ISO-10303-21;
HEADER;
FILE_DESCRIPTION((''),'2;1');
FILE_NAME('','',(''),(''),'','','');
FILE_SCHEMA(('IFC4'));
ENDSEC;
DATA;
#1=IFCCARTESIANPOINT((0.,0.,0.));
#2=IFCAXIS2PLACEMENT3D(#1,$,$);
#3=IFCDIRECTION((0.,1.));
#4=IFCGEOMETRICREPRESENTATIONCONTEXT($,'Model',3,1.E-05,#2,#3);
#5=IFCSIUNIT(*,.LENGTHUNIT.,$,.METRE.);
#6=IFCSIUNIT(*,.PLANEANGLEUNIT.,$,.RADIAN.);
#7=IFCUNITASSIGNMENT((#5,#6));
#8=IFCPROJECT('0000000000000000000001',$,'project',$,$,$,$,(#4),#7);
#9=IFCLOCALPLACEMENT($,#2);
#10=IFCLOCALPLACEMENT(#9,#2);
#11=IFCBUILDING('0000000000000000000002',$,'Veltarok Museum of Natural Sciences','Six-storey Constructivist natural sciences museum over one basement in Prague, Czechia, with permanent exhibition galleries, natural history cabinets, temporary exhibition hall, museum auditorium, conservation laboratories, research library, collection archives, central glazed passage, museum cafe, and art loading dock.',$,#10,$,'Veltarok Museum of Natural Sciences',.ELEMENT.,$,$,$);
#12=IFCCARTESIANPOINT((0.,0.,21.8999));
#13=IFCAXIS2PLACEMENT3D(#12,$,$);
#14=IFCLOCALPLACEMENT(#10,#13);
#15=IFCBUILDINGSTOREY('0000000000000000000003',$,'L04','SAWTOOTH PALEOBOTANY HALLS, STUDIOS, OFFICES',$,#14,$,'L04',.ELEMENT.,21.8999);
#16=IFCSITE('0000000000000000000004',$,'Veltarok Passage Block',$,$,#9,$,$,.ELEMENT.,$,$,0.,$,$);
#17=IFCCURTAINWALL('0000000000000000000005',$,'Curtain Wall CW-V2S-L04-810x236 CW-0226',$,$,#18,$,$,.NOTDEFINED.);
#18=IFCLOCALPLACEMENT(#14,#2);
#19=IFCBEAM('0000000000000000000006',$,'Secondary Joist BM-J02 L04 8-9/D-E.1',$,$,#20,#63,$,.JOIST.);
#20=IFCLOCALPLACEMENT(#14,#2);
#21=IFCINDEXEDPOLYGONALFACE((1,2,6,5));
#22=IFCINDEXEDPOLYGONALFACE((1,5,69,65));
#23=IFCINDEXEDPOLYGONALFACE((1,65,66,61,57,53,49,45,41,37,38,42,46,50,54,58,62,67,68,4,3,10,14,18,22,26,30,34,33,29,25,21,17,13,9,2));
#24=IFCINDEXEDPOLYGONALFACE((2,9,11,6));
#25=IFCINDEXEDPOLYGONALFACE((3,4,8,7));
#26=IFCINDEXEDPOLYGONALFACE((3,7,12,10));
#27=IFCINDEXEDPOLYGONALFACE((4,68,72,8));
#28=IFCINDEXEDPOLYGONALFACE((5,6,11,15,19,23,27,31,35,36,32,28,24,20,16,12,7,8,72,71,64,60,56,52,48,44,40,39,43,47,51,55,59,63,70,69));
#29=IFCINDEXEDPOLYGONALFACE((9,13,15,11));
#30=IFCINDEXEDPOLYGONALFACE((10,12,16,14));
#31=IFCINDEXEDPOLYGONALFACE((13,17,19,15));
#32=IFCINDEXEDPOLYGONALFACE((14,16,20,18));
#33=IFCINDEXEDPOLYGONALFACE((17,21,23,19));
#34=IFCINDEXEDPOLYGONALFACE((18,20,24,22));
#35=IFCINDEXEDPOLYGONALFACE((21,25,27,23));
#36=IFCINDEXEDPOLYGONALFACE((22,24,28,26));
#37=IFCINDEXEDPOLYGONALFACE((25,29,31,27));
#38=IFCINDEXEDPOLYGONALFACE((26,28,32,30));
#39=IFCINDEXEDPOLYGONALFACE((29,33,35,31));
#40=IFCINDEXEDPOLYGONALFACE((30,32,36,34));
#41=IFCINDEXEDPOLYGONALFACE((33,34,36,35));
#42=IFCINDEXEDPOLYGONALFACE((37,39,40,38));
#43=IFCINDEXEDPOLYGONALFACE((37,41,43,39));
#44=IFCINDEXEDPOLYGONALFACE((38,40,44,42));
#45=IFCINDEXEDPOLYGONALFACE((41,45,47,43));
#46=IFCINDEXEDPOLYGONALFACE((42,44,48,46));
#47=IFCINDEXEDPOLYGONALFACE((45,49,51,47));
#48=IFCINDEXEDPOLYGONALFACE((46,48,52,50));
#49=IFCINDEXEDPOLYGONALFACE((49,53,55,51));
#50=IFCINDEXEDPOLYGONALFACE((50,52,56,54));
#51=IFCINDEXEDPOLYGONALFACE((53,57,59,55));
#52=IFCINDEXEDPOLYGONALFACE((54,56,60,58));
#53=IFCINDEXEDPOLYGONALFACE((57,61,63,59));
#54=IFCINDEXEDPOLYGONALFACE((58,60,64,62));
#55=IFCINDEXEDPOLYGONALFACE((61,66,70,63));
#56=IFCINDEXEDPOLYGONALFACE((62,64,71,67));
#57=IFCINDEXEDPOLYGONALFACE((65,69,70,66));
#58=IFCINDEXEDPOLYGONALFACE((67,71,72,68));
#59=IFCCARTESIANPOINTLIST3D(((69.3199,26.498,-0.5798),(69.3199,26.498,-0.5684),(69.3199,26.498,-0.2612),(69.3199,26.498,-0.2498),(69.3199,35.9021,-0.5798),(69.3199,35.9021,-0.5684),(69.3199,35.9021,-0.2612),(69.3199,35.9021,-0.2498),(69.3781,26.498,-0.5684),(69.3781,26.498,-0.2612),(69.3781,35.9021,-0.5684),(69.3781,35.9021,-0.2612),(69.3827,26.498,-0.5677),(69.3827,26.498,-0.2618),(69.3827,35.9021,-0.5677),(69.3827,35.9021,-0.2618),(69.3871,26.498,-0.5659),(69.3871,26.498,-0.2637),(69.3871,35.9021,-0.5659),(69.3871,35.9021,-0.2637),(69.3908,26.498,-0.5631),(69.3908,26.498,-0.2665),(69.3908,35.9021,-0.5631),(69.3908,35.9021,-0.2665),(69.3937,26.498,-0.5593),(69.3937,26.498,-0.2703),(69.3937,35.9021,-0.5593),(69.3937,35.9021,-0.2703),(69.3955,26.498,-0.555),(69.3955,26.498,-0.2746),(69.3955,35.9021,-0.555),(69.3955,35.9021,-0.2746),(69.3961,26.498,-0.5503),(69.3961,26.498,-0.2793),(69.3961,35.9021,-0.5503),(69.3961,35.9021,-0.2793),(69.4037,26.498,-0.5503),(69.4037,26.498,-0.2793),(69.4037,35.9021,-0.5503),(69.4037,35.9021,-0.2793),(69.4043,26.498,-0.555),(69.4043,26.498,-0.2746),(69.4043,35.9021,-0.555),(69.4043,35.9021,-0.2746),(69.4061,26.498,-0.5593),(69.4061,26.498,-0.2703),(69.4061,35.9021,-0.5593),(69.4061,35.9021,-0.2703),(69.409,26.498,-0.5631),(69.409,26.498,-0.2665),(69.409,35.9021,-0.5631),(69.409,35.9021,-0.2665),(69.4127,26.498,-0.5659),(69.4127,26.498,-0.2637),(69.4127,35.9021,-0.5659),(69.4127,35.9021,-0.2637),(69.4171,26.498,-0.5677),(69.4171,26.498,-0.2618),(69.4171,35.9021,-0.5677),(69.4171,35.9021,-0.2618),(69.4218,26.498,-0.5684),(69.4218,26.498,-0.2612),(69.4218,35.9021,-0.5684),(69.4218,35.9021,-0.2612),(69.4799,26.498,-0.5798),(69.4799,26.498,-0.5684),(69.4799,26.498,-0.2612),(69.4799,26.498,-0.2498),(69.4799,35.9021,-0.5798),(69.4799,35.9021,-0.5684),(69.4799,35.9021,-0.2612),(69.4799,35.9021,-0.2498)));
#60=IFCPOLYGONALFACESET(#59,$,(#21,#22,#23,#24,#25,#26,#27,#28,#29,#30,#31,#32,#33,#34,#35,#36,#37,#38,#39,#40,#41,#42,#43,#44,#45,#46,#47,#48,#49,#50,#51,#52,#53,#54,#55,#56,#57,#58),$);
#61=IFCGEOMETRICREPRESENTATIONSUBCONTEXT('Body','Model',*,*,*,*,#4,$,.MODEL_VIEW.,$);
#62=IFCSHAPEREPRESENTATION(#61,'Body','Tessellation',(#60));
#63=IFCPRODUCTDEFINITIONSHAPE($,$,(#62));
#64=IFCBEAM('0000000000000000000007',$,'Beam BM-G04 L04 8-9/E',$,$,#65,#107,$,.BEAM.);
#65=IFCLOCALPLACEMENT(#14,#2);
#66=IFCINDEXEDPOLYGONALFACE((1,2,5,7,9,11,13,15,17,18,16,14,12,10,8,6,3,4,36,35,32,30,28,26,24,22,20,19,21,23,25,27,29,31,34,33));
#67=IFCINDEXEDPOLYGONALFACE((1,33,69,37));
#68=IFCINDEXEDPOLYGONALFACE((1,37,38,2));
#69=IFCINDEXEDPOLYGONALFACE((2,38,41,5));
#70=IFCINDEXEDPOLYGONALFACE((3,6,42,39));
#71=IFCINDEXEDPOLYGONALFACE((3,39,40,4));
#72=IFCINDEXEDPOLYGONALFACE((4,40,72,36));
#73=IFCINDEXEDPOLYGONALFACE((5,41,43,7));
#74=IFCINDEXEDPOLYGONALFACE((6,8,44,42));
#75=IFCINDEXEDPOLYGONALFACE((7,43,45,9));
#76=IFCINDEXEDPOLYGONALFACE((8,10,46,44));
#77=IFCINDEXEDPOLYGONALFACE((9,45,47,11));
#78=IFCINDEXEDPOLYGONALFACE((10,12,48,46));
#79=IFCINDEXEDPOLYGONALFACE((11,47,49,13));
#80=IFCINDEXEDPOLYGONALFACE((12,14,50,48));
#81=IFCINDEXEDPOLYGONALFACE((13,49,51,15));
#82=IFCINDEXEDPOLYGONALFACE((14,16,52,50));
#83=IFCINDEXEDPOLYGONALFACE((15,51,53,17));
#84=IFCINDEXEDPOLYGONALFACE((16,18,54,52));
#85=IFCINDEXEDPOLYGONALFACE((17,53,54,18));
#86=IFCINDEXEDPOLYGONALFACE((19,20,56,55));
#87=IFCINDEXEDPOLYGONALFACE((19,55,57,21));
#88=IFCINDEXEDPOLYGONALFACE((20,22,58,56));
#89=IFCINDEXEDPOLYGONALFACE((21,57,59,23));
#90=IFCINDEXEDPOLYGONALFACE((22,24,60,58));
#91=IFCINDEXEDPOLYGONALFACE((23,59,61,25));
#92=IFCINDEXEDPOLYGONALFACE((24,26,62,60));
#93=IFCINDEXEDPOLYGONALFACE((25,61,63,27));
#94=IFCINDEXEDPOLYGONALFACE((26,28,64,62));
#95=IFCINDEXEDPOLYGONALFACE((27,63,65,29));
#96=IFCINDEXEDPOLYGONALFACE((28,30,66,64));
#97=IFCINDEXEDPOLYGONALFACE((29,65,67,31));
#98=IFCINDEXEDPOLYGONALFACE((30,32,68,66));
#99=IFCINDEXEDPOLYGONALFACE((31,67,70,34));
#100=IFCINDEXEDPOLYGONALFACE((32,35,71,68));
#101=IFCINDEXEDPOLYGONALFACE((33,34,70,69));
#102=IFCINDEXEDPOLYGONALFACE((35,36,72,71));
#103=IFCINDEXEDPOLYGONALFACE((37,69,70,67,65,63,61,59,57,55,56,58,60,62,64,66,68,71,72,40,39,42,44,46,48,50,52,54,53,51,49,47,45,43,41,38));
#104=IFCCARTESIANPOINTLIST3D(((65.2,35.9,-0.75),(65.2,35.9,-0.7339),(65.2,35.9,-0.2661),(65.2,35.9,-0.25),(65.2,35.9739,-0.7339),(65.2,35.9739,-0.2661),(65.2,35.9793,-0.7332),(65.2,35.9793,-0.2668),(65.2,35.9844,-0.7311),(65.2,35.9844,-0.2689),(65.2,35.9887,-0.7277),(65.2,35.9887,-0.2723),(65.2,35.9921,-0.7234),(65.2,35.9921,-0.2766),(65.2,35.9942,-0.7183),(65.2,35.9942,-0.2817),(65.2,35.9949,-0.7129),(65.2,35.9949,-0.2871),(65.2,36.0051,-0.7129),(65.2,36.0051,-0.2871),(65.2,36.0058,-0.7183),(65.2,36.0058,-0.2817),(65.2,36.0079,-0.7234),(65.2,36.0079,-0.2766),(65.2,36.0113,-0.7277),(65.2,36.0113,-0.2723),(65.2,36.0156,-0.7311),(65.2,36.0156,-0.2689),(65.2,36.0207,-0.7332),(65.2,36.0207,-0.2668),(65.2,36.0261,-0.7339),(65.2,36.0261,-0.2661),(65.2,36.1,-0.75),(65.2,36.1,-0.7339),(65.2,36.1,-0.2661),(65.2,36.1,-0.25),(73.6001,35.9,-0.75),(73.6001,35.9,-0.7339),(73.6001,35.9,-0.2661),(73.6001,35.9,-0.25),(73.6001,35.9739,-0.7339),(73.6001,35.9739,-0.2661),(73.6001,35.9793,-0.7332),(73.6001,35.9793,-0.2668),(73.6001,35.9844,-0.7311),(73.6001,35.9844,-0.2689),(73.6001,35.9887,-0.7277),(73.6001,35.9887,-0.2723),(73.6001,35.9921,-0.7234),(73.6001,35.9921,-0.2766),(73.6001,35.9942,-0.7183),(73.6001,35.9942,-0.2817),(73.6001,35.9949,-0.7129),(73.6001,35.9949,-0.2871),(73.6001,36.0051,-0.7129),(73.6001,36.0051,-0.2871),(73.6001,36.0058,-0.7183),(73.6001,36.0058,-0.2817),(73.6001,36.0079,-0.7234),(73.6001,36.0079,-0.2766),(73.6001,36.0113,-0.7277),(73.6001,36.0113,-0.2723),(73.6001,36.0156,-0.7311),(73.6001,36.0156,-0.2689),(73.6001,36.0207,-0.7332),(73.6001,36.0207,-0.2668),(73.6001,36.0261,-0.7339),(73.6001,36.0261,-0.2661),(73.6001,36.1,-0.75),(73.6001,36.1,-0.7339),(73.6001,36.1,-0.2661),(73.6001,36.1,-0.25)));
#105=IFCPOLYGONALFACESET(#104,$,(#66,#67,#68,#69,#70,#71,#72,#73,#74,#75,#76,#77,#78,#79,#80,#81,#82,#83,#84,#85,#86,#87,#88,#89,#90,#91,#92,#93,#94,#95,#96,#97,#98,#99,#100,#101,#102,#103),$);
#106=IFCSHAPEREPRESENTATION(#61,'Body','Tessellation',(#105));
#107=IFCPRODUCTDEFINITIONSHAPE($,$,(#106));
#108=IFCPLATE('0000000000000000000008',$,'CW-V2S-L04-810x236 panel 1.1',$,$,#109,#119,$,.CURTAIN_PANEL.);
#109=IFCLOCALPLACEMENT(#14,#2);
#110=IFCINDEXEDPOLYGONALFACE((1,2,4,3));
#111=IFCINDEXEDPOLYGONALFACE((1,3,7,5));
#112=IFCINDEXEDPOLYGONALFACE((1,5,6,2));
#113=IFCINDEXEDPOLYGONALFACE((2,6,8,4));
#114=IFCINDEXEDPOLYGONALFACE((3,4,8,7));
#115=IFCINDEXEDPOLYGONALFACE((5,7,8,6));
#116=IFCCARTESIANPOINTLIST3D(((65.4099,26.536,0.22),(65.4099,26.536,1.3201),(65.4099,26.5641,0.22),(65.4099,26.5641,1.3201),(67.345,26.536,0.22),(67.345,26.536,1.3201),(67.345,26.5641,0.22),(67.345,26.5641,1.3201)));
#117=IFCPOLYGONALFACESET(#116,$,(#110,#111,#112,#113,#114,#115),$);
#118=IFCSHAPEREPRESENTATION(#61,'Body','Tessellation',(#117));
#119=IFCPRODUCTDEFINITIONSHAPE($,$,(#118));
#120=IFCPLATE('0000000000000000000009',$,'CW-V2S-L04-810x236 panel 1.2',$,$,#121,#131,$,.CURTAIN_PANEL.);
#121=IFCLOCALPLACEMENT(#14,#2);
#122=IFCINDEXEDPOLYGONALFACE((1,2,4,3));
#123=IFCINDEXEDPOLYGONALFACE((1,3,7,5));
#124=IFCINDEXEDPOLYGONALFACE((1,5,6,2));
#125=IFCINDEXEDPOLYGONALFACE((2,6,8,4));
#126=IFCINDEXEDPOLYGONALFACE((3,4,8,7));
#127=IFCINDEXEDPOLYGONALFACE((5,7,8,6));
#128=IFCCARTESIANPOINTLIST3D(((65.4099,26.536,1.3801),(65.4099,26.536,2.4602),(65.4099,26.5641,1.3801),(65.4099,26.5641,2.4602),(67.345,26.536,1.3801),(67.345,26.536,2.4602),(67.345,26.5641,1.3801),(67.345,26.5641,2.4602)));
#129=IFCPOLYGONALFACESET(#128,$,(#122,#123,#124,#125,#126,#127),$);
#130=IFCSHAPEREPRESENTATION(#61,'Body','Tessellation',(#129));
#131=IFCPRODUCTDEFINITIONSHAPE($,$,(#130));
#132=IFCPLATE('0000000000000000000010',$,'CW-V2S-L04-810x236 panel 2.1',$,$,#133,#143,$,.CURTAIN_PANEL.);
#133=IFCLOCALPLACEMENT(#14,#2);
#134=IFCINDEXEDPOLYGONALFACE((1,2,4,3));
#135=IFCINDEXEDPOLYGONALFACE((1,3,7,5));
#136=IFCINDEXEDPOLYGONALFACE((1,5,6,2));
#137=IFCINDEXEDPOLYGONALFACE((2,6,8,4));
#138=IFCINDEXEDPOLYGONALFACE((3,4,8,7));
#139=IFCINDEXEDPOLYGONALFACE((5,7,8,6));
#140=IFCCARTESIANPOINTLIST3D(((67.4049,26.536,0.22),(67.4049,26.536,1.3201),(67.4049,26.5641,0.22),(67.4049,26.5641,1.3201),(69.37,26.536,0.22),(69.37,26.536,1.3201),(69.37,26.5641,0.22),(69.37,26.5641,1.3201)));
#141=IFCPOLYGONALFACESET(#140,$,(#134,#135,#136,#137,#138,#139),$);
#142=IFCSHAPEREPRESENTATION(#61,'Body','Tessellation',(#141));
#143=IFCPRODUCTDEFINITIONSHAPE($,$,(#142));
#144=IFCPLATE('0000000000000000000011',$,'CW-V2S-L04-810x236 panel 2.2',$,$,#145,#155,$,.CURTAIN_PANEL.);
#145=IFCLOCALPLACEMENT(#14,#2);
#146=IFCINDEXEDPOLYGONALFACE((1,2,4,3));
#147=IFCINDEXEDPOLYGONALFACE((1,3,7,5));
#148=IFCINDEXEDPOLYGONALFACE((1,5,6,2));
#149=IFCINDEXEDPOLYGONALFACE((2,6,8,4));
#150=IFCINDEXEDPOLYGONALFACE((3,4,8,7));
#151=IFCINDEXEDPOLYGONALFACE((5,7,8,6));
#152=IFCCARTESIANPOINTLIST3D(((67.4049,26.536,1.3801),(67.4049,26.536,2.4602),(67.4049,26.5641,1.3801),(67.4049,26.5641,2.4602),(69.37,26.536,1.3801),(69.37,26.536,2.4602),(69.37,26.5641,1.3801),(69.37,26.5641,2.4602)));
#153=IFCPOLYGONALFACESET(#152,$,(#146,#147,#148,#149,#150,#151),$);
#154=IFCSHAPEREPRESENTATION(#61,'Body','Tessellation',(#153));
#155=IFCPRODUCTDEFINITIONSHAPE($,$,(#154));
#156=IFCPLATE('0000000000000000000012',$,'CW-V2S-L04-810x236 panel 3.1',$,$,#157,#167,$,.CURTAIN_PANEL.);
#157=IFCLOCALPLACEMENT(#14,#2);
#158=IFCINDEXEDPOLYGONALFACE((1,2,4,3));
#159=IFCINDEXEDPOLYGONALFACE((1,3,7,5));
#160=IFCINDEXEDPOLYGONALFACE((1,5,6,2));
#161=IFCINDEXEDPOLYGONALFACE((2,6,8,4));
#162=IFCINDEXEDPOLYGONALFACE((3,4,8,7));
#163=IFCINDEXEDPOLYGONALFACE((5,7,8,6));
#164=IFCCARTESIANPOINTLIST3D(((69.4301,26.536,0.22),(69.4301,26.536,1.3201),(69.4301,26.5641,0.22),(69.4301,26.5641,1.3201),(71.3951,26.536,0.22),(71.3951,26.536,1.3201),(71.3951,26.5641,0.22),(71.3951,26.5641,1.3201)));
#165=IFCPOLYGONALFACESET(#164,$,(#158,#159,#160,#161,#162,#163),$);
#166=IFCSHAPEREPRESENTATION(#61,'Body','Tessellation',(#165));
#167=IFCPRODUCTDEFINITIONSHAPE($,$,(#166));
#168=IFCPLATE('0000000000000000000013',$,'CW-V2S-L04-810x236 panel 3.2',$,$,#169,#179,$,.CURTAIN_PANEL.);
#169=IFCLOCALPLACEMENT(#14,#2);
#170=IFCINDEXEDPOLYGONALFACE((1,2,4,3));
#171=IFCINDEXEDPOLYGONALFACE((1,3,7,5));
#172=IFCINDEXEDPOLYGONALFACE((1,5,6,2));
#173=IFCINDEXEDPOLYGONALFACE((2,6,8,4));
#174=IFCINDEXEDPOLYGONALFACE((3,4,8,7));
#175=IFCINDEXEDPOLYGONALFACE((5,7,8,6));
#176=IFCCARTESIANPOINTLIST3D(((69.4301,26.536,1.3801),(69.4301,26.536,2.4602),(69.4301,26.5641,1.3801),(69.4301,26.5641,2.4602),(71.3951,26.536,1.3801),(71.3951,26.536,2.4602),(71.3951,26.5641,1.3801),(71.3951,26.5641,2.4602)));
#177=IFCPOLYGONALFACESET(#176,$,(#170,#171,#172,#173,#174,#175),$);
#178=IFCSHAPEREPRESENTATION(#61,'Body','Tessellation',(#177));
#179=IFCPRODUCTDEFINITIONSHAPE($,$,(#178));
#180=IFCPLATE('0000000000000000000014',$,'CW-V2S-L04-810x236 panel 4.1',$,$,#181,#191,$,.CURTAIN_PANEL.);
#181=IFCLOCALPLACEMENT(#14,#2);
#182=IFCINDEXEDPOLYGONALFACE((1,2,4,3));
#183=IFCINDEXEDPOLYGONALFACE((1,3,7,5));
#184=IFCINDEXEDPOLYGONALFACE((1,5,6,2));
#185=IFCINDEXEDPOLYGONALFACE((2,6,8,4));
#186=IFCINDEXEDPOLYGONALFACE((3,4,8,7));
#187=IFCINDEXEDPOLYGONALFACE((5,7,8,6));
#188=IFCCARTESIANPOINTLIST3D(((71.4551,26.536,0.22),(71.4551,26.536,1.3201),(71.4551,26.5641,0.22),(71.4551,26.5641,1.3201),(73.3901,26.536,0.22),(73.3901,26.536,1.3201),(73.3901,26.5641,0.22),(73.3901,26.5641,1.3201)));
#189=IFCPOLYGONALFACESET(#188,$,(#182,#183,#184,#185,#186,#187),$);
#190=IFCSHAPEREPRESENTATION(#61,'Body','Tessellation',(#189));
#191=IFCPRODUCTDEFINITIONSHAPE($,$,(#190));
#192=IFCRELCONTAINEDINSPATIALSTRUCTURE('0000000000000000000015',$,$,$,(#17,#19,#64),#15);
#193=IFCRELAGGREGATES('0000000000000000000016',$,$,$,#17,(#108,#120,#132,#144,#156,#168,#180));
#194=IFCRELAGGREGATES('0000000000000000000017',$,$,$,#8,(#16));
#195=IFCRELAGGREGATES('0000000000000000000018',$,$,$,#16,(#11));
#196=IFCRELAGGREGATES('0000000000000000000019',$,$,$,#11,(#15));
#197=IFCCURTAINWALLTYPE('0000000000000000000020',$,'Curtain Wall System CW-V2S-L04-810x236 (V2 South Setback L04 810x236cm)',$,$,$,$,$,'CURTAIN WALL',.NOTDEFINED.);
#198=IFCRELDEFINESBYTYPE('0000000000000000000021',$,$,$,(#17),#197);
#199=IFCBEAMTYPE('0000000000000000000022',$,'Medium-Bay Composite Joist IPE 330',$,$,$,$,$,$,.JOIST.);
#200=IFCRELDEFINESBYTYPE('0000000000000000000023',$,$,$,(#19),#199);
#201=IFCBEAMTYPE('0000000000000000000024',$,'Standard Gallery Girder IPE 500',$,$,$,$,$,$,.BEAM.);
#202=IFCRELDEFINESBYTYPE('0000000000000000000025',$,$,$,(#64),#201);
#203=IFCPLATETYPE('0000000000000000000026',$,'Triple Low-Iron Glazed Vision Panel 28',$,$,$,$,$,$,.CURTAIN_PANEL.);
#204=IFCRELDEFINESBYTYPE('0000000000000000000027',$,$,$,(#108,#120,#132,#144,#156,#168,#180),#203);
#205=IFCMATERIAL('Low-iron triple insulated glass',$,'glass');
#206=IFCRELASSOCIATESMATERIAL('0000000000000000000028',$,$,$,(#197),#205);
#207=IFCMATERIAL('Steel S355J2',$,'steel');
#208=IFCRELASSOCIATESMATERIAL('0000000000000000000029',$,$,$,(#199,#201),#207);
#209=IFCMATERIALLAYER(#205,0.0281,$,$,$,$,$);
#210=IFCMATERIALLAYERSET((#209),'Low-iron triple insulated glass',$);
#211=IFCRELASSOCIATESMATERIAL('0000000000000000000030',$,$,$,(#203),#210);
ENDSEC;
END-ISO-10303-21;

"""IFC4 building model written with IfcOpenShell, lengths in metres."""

from ifc_helpers import new_model, si_unit, direction, frame, origin, origin_2d, place, context, subcontext, project, spatial, rectangle, i_section, extrude, material, layer, layer_set, material_profile, profile_set, type_object, element, aggregate, save


model = new_model("IFC4")

# Units and contexts
model_context = context("Model", 3, precision=1e-05, world=origin(), true_north=direction((0.0, 1.0)))
body_context = subcontext(model_context, "Body", "Model", "MODEL_VIEW")
ifc_project = project(units=[si_unit("LENGTHUNIT", "METRE"), si_unit("PLANEANGLEUNIT", "RADIAN")], contexts=[model_context])

# Site, building, storey
site_placement = place(None, origin())
site = spatial("IfcSite", under=ifc_project, at=site_placement, Name="Veltarok Passage Block", CompositionType="ELEMENT", RefElevation=0.0)
building_placement = place(site_placement, origin())
building = spatial("IfcBuilding", under=site, at=building_placement, Name="Veltarok Museum of Natural Sciences", Description="Six-storey Constructivist natural sciences museum over one basement in Prague, Czechia, with permanent exhibition galleries, natural history cabinets, temporary exhibition hall, museum auditorium, conservation laboratories, research library, collection archives, central glazed passage, museum cafe, and art loading dock.", LongName="Veltarok Museum of Natural Sciences", CompositionType="ELEMENT")
storey_placement = place(building_placement, frame((0.0, 0.0, 21.8999)))
storey = spatial("IfcBuildingStorey", under=building, at=storey_placement, Name="L04", Description="SAWTOOTH PALEOBOTANY HALLS, STUDIOS, OFFICES", LongName="L04", CompositionType="ELEMENT", Elevation=21.8999)

# Shared definitions
ifc_material_1 = material(Name="Steel S355J2", Category="steel")

# Curtain wall
ifc_material_2 = material(Name="Low-iron triple insulated glass", Category="glass")
curtain_wall_type = type_object("IfcCurtainWallType", Name="Curtain Wall System CW-V2S-L04-810x236 (V2 South Setback L04 810x236cm)", ElementType="CURTAIN WALL", PredefinedType="NOTDEFINED", material=ifc_material_2)
curtain_wall_placement = place(storey_placement, origin())
curtain_wall = element("IfcCurtainWall", 1, at=curtain_wall_placement, inside=storey, type_object=curtain_wall_type, Name="Curtain Wall CW-V2S-L04-810x236 CW-0226", PredefinedType="NOTDEFINED")

# Beams
ifc_material_profile_1 = material_profile(ifc_material_1, i_section(OverallWidth=0.1599, OverallDepth=0.3301, WebThickness=0.0076, FlangeThickness=0.0115, FilletRadius=0.0181, at=origin_2d()), Name="IPE 330")
ifc_profile_set_1 = profile_set([ifc_material_profile_1], Name="Steel S355J2")
beam_type_1 = type_object("IfcBeamType", Name="Medium-Bay Composite Joist IPE 330", PredefinedType="JOIST", material=ifc_profile_set_1)
beam_1_placement = place(storey_placement, frame((69.3999, 26.498, -0.4148), z_axis=(0.0, 1.0, 0.0), x_axis=(-1.0, 0.0, 0.0)))
element("IfcBeam", 2, at=beam_1_placement, inside=storey, type_object=beam_type_1, Name="Secondary Joist BM-J02 L04 8-9/D-E.1", PredefinedType="JOIST", context=body_context, shape_type="SweptSolid", body=[
    extrude(i_section(OverallWidth=0.1599, OverallDepth=0.3301, WebThickness=0.0076, FlangeThickness=0.0115, FilletRadius=0.0181, at=origin_2d()), origin(), (0.0, 0.0, 1.0), 9.4041),
])
ifc_material_profile_2 = material_profile(ifc_material_1, i_section(OverallWidth=0.2, OverallDepth=0.5, WebThickness=0.0103, FlangeThickness=0.0161, FilletRadius=0.021, at=origin_2d()), Name="IPE 500")
ifc_profile_set_2 = profile_set([ifc_material_profile_2], Name="Steel S355J2")
beam_type_2 = type_object("IfcBeamType", Name="Standard Gallery Girder IPE 500", PredefinedType="BEAM", material=ifc_profile_set_2)
beam_2_placement = place(storey_placement, frame((65.2, 36.0, -0.5), z_axis=(1.0, 0.0, 0.0), x_axis=(0.0, 1.0, 0.0)))
element("IfcBeam", 3, at=beam_2_placement, inside=storey, type_object=beam_type_2, Name="Beam BM-G04 L04 8-9/E", PredefinedType="BEAM", context=body_context, shape_type="SweptSolid", body=[
    extrude(i_section(OverallWidth=0.2, OverallDepth=0.5, WebThickness=0.0103, FlangeThickness=0.0161, FilletRadius=0.021, at=origin_2d()), origin(), (0.0, 0.0, 1.0), 8.4001),
])

# Plates
ifc_layer_1 = layer(ifc_material_2, 0.0281)
ifc_layer_set_1 = layer_set([ifc_layer_1], Name="Low-iron triple insulated glass")
plate_type = type_object("IfcPlateType", Name="Triple Low-Iron Glazed Vision Panel 28", PredefinedType="CURTAIN_PANEL", material=ifc_layer_set_1)
plate_1_placement = place(storey_placement, frame((66.3774, 26.55, 0.22), z_axis=(0.0, 0.0, 1.0), x_axis=(1.0, 0.0, 0.0)))
plate_1 = element("IfcPlate", 4, at=plate_1_placement, type_object=plate_type, Name="CW-V2S-L04-810x236 panel 1.1", PredefinedType="CURTAIN_PANEL", context=body_context, shape_type="SweptSolid", body=[
    extrude(rectangle(XDim=1.9351, YDim=0.0281, at=origin_2d()), origin(), (0.0, 0.0, 1.0), 1.1001),
])
plate_2_placement = place(storey_placement, frame((66.3774, 26.55, 1.3801), z_axis=(0.0, 0.0, 1.0), x_axis=(1.0, 0.0, 0.0)))
plate_2 = element("IfcPlate", 5, at=plate_2_placement, type_object=plate_type, Name="CW-V2S-L04-810x236 panel 1.2", PredefinedType="CURTAIN_PANEL", context=body_context, shape_type="SweptSolid", body=[
    extrude(rectangle(XDim=1.9351, YDim=0.0281, at=origin_2d()), origin(), (0.0, 0.0, 1.0), 1.0801),
])
plate_3_placement = place(storey_placement, frame((68.3875, 26.55, 0.22), z_axis=(0.0, 0.0, 1.0), x_axis=(1.0, 0.0, 0.0)))
plate_3 = element("IfcPlate", 6, at=plate_3_placement, type_object=plate_type, Name="CW-V2S-L04-810x236 panel 2.1", PredefinedType="CURTAIN_PANEL", context=body_context, shape_type="SweptSolid", body=[
    extrude(rectangle(XDim=1.9651, YDim=0.0281, at=origin_2d()), origin(), (0.0, 0.0, 1.0), 1.1001),
])
plate_4_placement = place(storey_placement, frame((68.3875, 26.55, 1.3801), z_axis=(0.0, 0.0, 1.0), x_axis=(1.0, 0.0, 0.0)))
plate_4 = element("IfcPlate", 7, at=plate_4_placement, type_object=plate_type, Name="CW-V2S-L04-810x236 panel 2.2", PredefinedType="CURTAIN_PANEL", context=body_context, shape_type="SweptSolid", body=[
    extrude(rectangle(XDim=1.9651, YDim=0.0281, at=origin_2d()), origin(), (0.0, 0.0, 1.0), 1.0801),
])
plate_5_placement = place(storey_placement, frame((70.4126, 26.55, 0.22), z_axis=(0.0, 0.0, 1.0), x_axis=(1.0, 0.0, 0.0)))
plate_5 = element("IfcPlate", 8, at=plate_5_placement, type_object=plate_type, Name="CW-V2S-L04-810x236 panel 3.1", PredefinedType="CURTAIN_PANEL", context=body_context, shape_type="SweptSolid", body=[
    extrude(rectangle(XDim=1.9651, YDim=0.0281, at=origin_2d()), origin(), (0.0, 0.0, 1.0), 1.1001),
])
plate_6_placement = place(storey_placement, frame((70.4126, 26.55, 1.3801), z_axis=(0.0, 0.0, 1.0), x_axis=(1.0, 0.0, 0.0)))
plate_6 = element("IfcPlate", 9, at=plate_6_placement, type_object=plate_type, Name="CW-V2S-L04-810x236 panel 3.2", PredefinedType="CURTAIN_PANEL", context=body_context, shape_type="SweptSolid", body=[
    extrude(rectangle(XDim=1.9651, YDim=0.0281, at=origin_2d()), origin(), (0.0, 0.0, 1.0), 1.0801),
])
plate_7_placement = place(storey_placement, frame((72.4226, 26.55, 0.22), z_axis=(0.0, 0.0, 1.0), x_axis=(1.0, 0.0, 0.0)))
plate_7 = element("IfcPlate", 10, at=plate_7_placement, type_object=plate_type, Name="CW-V2S-L04-810x236 panel 4.1", PredefinedType="CURTAIN_PANEL", context=body_context, shape_type="SweptSolid", body=[
    extrude(rectangle(XDim=1.9351, YDim=0.0281, at=origin_2d()), origin(), (0.0, 0.0, 1.0), 1.1001),
])
aggregate(curtain_wall, [plate_1, plate_2, plate_3, plate_4, plate_5, plate_6, plate_7])

save(model, "model.ifc")
